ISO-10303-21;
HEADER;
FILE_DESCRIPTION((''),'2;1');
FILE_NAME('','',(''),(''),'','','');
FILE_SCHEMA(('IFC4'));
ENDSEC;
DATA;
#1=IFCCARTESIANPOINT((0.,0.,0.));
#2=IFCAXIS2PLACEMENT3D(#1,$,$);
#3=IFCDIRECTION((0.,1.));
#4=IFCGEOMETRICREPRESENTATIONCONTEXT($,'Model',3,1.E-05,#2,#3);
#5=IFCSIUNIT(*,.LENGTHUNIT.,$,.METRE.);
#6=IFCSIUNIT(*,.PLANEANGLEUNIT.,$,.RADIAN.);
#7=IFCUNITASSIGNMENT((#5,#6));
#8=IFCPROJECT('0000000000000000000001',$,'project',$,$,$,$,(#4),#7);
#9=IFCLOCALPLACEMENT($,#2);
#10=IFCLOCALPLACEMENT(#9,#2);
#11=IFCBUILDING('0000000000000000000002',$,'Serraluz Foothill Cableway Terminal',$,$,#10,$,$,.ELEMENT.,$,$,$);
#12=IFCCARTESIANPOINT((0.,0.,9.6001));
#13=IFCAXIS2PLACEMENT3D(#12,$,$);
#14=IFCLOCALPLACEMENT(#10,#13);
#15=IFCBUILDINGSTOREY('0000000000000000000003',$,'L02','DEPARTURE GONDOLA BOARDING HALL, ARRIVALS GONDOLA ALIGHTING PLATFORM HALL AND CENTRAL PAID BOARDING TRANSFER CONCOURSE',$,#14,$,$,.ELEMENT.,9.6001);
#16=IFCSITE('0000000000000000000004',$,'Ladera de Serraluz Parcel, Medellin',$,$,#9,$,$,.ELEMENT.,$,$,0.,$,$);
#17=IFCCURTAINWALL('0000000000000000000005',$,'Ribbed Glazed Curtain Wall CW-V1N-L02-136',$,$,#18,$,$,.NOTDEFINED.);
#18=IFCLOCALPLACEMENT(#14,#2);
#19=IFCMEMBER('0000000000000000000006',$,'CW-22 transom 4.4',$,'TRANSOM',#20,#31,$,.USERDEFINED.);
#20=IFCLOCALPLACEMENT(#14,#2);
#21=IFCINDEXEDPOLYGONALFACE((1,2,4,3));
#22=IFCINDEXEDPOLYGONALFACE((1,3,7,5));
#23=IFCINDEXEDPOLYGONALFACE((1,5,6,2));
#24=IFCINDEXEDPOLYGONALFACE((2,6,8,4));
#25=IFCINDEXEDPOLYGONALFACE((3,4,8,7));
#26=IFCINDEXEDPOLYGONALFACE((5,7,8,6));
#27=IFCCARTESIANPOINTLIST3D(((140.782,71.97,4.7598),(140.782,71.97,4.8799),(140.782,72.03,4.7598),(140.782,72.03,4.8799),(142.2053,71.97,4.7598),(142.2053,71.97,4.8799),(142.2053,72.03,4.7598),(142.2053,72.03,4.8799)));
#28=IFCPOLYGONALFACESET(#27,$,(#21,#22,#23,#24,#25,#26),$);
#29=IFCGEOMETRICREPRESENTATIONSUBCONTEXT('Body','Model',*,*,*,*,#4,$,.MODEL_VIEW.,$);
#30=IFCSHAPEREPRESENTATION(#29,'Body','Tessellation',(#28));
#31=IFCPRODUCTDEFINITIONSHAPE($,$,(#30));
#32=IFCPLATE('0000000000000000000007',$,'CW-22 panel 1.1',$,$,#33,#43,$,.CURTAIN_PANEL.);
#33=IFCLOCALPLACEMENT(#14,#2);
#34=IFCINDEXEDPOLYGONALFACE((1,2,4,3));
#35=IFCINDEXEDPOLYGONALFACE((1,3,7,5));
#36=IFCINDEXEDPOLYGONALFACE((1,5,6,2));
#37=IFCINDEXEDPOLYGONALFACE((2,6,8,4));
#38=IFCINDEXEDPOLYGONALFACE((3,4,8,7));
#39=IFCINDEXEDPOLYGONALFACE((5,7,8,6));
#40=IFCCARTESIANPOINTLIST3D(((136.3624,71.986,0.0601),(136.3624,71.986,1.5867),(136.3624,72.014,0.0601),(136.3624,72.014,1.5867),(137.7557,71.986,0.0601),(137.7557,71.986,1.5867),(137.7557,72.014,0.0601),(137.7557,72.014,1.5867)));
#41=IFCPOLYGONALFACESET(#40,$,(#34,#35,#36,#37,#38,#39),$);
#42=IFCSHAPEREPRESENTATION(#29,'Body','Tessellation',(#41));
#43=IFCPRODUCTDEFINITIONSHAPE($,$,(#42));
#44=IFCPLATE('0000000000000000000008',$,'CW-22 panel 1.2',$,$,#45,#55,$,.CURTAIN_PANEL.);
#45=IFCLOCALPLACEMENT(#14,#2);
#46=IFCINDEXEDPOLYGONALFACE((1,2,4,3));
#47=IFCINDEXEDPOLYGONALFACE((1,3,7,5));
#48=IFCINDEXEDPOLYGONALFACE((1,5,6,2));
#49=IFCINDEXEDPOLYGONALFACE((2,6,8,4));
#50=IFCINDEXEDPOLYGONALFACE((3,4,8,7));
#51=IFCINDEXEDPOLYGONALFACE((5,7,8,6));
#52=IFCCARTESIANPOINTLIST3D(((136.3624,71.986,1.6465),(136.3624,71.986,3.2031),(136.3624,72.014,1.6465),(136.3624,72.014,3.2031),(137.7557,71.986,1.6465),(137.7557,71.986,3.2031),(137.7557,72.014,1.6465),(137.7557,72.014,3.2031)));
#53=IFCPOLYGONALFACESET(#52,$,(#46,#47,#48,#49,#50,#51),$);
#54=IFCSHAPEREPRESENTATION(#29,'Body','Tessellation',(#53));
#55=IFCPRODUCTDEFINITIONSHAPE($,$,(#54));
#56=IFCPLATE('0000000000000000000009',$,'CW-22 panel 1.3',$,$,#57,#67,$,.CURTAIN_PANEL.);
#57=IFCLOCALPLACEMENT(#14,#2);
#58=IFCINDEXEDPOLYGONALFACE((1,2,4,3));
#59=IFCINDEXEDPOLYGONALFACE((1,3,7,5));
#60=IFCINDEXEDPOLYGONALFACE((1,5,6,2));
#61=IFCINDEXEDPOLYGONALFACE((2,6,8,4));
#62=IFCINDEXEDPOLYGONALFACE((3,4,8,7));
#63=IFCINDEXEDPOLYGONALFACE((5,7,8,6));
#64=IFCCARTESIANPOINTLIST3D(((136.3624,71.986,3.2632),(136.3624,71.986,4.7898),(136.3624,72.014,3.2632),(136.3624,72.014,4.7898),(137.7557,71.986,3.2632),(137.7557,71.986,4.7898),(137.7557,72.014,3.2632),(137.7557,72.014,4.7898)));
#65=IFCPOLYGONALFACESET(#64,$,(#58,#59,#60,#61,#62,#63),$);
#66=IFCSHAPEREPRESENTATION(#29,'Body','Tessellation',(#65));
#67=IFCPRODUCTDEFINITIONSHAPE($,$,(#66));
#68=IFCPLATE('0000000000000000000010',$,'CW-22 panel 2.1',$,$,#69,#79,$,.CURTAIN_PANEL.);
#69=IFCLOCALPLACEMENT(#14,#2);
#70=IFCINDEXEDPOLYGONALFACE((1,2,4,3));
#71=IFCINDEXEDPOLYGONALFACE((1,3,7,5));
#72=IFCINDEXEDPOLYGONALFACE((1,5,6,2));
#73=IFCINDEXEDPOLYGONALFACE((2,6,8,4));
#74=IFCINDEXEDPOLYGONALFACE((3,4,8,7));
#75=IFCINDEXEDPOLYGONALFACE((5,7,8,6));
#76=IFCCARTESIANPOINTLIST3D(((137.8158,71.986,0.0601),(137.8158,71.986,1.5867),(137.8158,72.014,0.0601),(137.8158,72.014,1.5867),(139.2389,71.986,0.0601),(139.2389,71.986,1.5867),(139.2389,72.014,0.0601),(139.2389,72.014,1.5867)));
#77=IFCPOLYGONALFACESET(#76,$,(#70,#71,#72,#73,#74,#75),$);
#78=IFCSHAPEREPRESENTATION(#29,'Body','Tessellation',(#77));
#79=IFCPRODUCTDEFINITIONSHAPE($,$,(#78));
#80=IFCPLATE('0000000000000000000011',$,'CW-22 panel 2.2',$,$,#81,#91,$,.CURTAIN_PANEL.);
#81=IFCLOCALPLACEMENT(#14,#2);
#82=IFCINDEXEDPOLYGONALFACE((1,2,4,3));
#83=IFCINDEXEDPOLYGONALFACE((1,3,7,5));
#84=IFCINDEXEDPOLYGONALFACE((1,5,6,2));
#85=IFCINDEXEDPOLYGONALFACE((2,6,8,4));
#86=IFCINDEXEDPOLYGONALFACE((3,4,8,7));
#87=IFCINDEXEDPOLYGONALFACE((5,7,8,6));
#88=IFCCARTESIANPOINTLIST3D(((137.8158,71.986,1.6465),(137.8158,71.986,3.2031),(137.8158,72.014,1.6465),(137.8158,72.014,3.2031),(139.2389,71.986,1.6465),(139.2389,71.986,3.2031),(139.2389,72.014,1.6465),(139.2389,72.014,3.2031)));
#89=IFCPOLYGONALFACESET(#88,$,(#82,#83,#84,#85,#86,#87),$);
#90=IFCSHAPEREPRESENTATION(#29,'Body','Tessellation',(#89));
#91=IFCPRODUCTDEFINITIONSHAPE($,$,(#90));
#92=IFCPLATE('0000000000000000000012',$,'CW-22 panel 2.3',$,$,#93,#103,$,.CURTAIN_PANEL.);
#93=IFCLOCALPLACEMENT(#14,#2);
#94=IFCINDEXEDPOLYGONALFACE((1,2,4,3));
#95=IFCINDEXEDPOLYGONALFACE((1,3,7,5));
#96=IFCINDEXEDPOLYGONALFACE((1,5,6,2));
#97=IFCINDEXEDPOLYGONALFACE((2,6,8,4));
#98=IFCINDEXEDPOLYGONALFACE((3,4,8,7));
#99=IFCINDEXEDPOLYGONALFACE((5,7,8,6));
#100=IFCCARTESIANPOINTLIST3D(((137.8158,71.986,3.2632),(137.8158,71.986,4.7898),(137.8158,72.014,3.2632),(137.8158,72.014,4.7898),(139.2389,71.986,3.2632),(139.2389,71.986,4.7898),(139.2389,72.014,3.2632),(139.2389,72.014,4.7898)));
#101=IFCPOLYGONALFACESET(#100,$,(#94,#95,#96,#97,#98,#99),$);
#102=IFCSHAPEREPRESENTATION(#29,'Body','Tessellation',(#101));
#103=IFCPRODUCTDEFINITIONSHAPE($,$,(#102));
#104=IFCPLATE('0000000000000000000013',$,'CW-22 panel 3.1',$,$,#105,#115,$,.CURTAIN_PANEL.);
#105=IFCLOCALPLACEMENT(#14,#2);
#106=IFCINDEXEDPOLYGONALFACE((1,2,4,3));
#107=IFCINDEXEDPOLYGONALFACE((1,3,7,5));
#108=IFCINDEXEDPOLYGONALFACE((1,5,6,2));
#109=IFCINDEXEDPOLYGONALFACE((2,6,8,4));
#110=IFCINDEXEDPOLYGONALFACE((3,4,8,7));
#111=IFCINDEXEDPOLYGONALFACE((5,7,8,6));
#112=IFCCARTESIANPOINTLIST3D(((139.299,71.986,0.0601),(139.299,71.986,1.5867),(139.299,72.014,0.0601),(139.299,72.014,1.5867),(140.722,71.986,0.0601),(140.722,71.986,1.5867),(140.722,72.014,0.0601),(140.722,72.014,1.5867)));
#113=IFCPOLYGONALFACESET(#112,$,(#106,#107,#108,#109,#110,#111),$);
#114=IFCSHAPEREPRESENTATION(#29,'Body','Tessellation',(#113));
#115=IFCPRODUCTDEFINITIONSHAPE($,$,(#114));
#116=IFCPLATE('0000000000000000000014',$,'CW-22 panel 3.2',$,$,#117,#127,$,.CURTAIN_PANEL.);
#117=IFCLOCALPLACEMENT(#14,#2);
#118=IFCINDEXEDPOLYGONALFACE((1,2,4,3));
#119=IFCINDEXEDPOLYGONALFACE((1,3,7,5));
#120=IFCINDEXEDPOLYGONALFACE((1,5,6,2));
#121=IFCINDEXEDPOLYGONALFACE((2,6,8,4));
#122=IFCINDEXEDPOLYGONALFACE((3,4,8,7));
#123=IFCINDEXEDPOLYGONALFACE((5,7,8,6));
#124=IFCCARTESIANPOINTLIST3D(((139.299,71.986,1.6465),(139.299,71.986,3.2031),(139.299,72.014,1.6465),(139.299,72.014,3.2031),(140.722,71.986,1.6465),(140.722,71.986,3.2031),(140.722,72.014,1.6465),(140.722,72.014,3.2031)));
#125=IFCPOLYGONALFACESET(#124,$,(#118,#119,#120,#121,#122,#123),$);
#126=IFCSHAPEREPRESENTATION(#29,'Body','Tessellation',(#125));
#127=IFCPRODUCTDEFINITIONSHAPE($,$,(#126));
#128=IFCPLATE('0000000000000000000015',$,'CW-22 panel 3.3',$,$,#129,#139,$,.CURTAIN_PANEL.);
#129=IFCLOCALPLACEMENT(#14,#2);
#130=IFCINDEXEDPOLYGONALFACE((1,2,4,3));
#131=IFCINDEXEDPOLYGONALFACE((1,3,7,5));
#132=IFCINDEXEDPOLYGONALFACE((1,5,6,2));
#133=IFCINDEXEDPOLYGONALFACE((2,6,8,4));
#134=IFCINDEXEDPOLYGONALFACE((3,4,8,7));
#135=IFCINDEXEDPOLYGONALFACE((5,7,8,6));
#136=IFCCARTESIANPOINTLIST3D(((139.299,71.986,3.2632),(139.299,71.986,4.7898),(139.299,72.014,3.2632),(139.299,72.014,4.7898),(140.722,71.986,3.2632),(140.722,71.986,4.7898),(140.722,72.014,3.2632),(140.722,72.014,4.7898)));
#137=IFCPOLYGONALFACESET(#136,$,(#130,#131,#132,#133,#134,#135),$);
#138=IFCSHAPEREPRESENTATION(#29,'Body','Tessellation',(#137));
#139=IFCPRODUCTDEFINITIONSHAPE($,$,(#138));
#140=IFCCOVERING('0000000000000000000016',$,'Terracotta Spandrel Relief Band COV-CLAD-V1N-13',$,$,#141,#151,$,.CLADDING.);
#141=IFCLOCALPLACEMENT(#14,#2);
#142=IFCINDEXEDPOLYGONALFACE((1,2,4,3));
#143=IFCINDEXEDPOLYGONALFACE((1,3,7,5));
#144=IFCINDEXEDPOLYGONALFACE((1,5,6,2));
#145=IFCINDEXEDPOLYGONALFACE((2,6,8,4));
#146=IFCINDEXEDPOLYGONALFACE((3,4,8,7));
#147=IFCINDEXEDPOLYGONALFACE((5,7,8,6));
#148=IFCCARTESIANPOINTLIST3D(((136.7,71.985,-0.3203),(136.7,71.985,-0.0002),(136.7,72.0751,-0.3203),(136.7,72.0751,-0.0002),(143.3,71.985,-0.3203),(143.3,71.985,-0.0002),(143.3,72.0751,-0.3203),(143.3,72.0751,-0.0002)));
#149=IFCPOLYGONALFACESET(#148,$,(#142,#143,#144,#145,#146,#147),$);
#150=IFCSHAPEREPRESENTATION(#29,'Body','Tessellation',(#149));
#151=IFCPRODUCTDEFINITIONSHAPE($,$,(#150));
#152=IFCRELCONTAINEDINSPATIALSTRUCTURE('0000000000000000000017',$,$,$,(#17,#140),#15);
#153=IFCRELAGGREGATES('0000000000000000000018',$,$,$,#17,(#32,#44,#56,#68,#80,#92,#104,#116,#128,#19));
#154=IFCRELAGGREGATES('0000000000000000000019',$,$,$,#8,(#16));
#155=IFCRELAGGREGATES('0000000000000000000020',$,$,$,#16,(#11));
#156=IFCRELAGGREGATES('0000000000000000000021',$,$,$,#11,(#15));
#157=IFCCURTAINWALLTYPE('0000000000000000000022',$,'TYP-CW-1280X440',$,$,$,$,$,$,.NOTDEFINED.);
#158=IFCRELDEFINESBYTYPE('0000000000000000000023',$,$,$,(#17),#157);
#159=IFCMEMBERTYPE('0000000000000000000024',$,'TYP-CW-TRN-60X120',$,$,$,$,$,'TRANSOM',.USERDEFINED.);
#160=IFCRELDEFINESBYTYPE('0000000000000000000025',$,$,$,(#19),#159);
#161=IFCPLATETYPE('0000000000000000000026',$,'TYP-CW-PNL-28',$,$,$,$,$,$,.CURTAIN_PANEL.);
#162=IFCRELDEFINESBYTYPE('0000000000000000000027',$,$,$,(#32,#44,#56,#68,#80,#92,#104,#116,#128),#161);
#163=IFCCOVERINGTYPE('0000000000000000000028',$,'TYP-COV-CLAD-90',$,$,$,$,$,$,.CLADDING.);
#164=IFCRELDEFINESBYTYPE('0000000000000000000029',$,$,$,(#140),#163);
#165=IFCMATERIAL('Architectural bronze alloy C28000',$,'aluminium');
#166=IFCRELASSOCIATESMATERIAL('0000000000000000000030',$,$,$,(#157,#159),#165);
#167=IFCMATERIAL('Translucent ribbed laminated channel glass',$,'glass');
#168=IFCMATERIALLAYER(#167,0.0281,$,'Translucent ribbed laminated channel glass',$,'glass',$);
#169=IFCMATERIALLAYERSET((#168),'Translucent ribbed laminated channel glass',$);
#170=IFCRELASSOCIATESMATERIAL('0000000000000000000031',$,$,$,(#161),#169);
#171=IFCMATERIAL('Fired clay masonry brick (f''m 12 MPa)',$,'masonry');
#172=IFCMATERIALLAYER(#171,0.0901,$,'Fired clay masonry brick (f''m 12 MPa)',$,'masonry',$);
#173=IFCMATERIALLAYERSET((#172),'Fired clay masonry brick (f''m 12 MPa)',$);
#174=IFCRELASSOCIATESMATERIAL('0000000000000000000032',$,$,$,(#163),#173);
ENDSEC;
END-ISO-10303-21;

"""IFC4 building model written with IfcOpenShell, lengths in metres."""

from ifc_helpers import new_model, si_unit, direction, frame, origin, origin_2d, place, context, subcontext, project, spatial, rectangle, extrude, material, layer, layer_set, material_profile, profile_set, type_object, element, aggregate, save


model = new_model("IFC4")

# Units and contexts
model_context = context("Model", 3, precision=1e-05, world=origin(), true_north=direction((0.0, 1.0)))
body_context = subcontext(model_context, "Body", "Model", "MODEL_VIEW")
ifc_project = project(units=[si_unit("LENGTHUNIT", "METRE"), si_unit("PLANEANGLEUNIT", "RADIAN")], contexts=[model_context])

# Site, building, storey
site_placement = place(None, origin())
site = spatial("IfcSite", under=ifc_project, at=site_placement, Name="Ladera de Serraluz Parcel, Medellin", CompositionType="ELEMENT", RefElevation=0.0)
building_placement = place(site_placement, origin())
building = spatial("IfcBuilding", under=site, at=building_placement, Name="Serraluz Foothill Cableway Terminal", CompositionType="ELEMENT")
storey_placement = place(building_placement, frame((0.0, 0.0, 9.6001)))
storey = spatial("IfcBuildingStorey", under=building, at=storey_placement, Name="L02", Description="DEPARTURE GONDOLA BOARDING HALL, ARRIVALS GONDOLA ALIGHTING PLATFORM HALL AND CENTRAL PAID BOARDING TRANSFER CONCOURSE", CompositionType="ELEMENT", Elevation=9.6001)

# Curtain wall, member, plates
ifc_material_1 = material(Name="Architectural bronze alloy C28000", Category="aluminium")
curtain_wall_type = type_object("IfcCurtainWallType", Name="TYP-CW-1280X440", PredefinedType="NOTDEFINED", material=ifc_material_1)
curtain_wall_placement = place(storey_placement, origin())
curtain_wall = element("IfcCurtainWall", 1, at=curtain_wall_placement, inside=storey, type_object=curtain_wall_type, Name="Ribbed Glazed Curtain Wall CW-V1N-L02-136", PredefinedType="NOTDEFINED")
ifc_material_profile_1 = material_profile(ifc_material_1, rectangle(XDim=0.0601, YDim=0.1201, at=origin_2d()), Name="ALU TRANSOM 60x120")
ifc_profile_set_1 = profile_set([ifc_material_profile_1], Name="Architectural bronze alloy C28000")
member_type_1 = type_object("IfcMemberType", Name="TYP-CW-TRN-60X120", ElementType="TRANSOM", PredefinedType="USERDEFINED", material=ifc_profile_set_1)
member_1_placement = place(storey_placement, frame((140.782, 72.0, 4.8198), z_axis=(1.0, 0.0, 0.0), x_axis=(0.0, 1.0, 0.0)))
member_1 = element("IfcMember", 2, at=member_1_placement, type_object=member_type_1, Name="CW-22 transom 4.4", ObjectType="TRANSOM", PredefinedType="USERDEFINED", context=body_context, shape_type="SweptSolid", body=[
    extrude(rectangle(XDim=0.0601, YDim=0.1201, at=origin_2d()), origin(), (0.0, 0.0, 1.0), 1.4233),
])
ifc_material_2 = material(Name="Translucent ribbed laminated channel glass", Category="glass")
ifc_layer_1 = layer(ifc_material_2, 0.0281, Name="Translucent ribbed laminated channel glass", Category="glass")
ifc_layer_set_1 = layer_set([ifc_layer_1], Name="Translucent ribbed laminated channel glass")
plate_type = type_object("IfcPlateType", Name="TYP-CW-PNL-28", PredefinedType="CURTAIN_PANEL", material=ifc_layer_set_1)
plate_1_placement = place(storey_placement, frame((137.0591, 72.0, 0.0601), z_axis=(0.0, 0.0, 1.0), x_axis=(1.0, 0.0, 0.0)))
plate_1 = element("IfcPlate", 3, at=plate_1_placement, type_object=plate_type, Name="CW-22 panel 1.1", PredefinedType="CURTAIN_PANEL", context=body_context, shape_type="SweptSolid", body=[
    extrude(rectangle(XDim=1.3933, YDim=0.0281, at=origin_2d()), origin(), (0.0, 0.0, 1.0), 1.5266),
])
plate_2_placement = place(storey_placement, frame((137.0591, 72.0, 1.6465), z_axis=(0.0, 0.0, 1.0), x_axis=(1.0, 0.0, 0.0)))
plate_2 = element("IfcPlate", 4, at=plate_2_placement, type_object=plate_type, Name="CW-22 panel 1.2", PredefinedType="CURTAIN_PANEL", context=body_context, shape_type="SweptSolid", body=[
    extrude(rectangle(XDim=1.3933, YDim=0.0281, at=origin_2d()), origin(), (0.0, 0.0, 1.0), 1.5566),
])
plate_3_placement = place(storey_placement, frame((137.0591, 72.0, 3.2632), z_axis=(0.0, 0.0, 1.0), x_axis=(1.0, 0.0, 0.0)))
plate_3 = element("IfcPlate", 5, at=plate_3_placement, type_object=plate_type, Name="CW-22 panel 1.3", PredefinedType="CURTAIN_PANEL", context=body_context, shape_type="SweptSolid", body=[
    extrude(rectangle(XDim=1.3933, YDim=0.0281, at=origin_2d()), origin(), (0.0, 0.0, 1.0), 1.5266),
])
plate_4_placement = place(storey_placement, frame((138.5273, 72.0, 0.0601), z_axis=(0.0, 0.0, 1.0), x_axis=(1.0, 0.0, 0.0)))
plate_4 = element("IfcPlate", 6, at=plate_4_placement, type_object=plate_type, Name="CW-22 panel 2.1", PredefinedType="CURTAIN_PANEL", context=body_context, shape_type="SweptSolid", body=[
    extrude(rectangle(XDim=1.4231, YDim=0.0281, at=origin_2d()), origin(), (0.0, 0.0, 1.0), 1.5266),
])
plate_5_placement = place(storey_placement, frame((138.5273, 72.0, 1.6465), z_axis=(0.0, 0.0, 1.0), x_axis=(1.0, 0.0, 0.0)))
plate_5 = element("IfcPlate", 7, at=plate_5_placement, type_object=plate_type, Name="CW-22 panel 2.2", PredefinedType="CURTAIN_PANEL", context=body_context, shape_type="SweptSolid", body=[
    extrude(rectangle(XDim=1.4231, YDim=0.0281, at=origin_2d()), origin(), (0.0, 0.0, 1.0), 1.5566),
])
plate_6_placement = place(storey_placement, frame((138.5273, 72.0, 3.2632), z_axis=(0.0, 0.0, 1.0), x_axis=(1.0, 0.0, 0.0)))
plate_6 = element("IfcPlate", 8, at=plate_6_placement, type_object=plate_type, Name="CW-22 panel 2.3", PredefinedType="CURTAIN_PANEL", context=body_context, shape_type="SweptSolid", body=[
    extrude(rectangle(XDim=1.4231, YDim=0.0281, at=origin_2d()), origin(), (0.0, 0.0, 1.0), 1.5266),
])
plate_7_placement = place(storey_placement, frame((140.0105, 72.0, 0.0601), z_axis=(0.0, 0.0, 1.0), x_axis=(1.0, 0.0, 0.0)))
plate_7 = element("IfcPlate", 9, at=plate_7_placement, type_object=plate_type, Name="CW-22 panel 3.1", PredefinedType="CURTAIN_PANEL", context=body_context, shape_type="SweptSolid", body=[
    extrude(rectangle(XDim=1.4231, YDim=0.0281, at=origin_2d()), origin(), (0.0, 0.0, 1.0), 1.5266),
])
plate_8_placement = place(storey_placement, frame((140.0105, 72.0, 1.6465), z_axis=(0.0, 0.0, 1.0), x_axis=(1.0, 0.0, 0.0)))
plate_8 = element("IfcPlate", 10, at=plate_8_placement, type_object=plate_type, Name="CW-22 panel 3.2", PredefinedType="CURTAIN_PANEL", context=body_context, shape_type="SweptSolid", body=[
    extrude(rectangle(XDim=1.4231, YDim=0.0281, at=origin_2d()), origin(), (0.0, 0.0, 1.0), 1.5566),
])
plate_9_placement = place(storey_placement, frame((140.0105, 72.0, 3.2632), z_axis=(0.0, 0.0, 1.0), x_axis=(1.0, 0.0, 0.0)))
plate_9 = element("IfcPlate", 11, at=plate_9_placement, type_object=plate_type, Name="CW-22 panel 3.3", PredefinedType="CURTAIN_PANEL", context=body_context, shape_type="SweptSolid", body=[
    extrude(rectangle(XDim=1.4231, YDim=0.0281, at=origin_2d()), origin(), (0.0, 0.0, 1.0), 1.5266),
])
aggregate(curtain_wall, [plate_1, plate_2, plate_3, plate_4, plate_5, plate_6, plate_7, plate_8, plate_9, member_1])

# Covering
ifc_material_3 = material(Name="Fired clay masonry brick (f'm 12 MPa)", Category="masonry")
ifc_layer_2 = layer(ifc_material_3, 0.0901, Name="Fired clay masonry brick (f'm 12 MPa)", Category="masonry")
ifc_layer_set_2 = layer_set([ifc_layer_2], Name="Fired clay masonry brick (f'm 12 MPa)")
covering_type = type_object("IfcCoveringType", Name="TYP-COV-CLAD-90", PredefinedType="CLADDING", material=ifc_layer_set_2)
covering_placement = place(storey_placement, frame((140.0, 72.03, -0.3203), z_axis=(0.0, 0.0, 1.0), x_axis=(1.0, 0.0, 0.0)))
element("IfcCovering", 12, at=covering_placement, inside=storey, type_object=covering_type, Name="Terracotta Spandrel Relief Band COV-CLAD-V1N-13", PredefinedType="CLADDING", context=body_context, shape_type="SweptSolid", body=[
    extrude(rectangle(XDim=6.6001, YDim=0.0901, at=origin_2d()), origin(), (0.0, 0.0, 1.0), 0.3201),
])

save(model, "model.ifc")
